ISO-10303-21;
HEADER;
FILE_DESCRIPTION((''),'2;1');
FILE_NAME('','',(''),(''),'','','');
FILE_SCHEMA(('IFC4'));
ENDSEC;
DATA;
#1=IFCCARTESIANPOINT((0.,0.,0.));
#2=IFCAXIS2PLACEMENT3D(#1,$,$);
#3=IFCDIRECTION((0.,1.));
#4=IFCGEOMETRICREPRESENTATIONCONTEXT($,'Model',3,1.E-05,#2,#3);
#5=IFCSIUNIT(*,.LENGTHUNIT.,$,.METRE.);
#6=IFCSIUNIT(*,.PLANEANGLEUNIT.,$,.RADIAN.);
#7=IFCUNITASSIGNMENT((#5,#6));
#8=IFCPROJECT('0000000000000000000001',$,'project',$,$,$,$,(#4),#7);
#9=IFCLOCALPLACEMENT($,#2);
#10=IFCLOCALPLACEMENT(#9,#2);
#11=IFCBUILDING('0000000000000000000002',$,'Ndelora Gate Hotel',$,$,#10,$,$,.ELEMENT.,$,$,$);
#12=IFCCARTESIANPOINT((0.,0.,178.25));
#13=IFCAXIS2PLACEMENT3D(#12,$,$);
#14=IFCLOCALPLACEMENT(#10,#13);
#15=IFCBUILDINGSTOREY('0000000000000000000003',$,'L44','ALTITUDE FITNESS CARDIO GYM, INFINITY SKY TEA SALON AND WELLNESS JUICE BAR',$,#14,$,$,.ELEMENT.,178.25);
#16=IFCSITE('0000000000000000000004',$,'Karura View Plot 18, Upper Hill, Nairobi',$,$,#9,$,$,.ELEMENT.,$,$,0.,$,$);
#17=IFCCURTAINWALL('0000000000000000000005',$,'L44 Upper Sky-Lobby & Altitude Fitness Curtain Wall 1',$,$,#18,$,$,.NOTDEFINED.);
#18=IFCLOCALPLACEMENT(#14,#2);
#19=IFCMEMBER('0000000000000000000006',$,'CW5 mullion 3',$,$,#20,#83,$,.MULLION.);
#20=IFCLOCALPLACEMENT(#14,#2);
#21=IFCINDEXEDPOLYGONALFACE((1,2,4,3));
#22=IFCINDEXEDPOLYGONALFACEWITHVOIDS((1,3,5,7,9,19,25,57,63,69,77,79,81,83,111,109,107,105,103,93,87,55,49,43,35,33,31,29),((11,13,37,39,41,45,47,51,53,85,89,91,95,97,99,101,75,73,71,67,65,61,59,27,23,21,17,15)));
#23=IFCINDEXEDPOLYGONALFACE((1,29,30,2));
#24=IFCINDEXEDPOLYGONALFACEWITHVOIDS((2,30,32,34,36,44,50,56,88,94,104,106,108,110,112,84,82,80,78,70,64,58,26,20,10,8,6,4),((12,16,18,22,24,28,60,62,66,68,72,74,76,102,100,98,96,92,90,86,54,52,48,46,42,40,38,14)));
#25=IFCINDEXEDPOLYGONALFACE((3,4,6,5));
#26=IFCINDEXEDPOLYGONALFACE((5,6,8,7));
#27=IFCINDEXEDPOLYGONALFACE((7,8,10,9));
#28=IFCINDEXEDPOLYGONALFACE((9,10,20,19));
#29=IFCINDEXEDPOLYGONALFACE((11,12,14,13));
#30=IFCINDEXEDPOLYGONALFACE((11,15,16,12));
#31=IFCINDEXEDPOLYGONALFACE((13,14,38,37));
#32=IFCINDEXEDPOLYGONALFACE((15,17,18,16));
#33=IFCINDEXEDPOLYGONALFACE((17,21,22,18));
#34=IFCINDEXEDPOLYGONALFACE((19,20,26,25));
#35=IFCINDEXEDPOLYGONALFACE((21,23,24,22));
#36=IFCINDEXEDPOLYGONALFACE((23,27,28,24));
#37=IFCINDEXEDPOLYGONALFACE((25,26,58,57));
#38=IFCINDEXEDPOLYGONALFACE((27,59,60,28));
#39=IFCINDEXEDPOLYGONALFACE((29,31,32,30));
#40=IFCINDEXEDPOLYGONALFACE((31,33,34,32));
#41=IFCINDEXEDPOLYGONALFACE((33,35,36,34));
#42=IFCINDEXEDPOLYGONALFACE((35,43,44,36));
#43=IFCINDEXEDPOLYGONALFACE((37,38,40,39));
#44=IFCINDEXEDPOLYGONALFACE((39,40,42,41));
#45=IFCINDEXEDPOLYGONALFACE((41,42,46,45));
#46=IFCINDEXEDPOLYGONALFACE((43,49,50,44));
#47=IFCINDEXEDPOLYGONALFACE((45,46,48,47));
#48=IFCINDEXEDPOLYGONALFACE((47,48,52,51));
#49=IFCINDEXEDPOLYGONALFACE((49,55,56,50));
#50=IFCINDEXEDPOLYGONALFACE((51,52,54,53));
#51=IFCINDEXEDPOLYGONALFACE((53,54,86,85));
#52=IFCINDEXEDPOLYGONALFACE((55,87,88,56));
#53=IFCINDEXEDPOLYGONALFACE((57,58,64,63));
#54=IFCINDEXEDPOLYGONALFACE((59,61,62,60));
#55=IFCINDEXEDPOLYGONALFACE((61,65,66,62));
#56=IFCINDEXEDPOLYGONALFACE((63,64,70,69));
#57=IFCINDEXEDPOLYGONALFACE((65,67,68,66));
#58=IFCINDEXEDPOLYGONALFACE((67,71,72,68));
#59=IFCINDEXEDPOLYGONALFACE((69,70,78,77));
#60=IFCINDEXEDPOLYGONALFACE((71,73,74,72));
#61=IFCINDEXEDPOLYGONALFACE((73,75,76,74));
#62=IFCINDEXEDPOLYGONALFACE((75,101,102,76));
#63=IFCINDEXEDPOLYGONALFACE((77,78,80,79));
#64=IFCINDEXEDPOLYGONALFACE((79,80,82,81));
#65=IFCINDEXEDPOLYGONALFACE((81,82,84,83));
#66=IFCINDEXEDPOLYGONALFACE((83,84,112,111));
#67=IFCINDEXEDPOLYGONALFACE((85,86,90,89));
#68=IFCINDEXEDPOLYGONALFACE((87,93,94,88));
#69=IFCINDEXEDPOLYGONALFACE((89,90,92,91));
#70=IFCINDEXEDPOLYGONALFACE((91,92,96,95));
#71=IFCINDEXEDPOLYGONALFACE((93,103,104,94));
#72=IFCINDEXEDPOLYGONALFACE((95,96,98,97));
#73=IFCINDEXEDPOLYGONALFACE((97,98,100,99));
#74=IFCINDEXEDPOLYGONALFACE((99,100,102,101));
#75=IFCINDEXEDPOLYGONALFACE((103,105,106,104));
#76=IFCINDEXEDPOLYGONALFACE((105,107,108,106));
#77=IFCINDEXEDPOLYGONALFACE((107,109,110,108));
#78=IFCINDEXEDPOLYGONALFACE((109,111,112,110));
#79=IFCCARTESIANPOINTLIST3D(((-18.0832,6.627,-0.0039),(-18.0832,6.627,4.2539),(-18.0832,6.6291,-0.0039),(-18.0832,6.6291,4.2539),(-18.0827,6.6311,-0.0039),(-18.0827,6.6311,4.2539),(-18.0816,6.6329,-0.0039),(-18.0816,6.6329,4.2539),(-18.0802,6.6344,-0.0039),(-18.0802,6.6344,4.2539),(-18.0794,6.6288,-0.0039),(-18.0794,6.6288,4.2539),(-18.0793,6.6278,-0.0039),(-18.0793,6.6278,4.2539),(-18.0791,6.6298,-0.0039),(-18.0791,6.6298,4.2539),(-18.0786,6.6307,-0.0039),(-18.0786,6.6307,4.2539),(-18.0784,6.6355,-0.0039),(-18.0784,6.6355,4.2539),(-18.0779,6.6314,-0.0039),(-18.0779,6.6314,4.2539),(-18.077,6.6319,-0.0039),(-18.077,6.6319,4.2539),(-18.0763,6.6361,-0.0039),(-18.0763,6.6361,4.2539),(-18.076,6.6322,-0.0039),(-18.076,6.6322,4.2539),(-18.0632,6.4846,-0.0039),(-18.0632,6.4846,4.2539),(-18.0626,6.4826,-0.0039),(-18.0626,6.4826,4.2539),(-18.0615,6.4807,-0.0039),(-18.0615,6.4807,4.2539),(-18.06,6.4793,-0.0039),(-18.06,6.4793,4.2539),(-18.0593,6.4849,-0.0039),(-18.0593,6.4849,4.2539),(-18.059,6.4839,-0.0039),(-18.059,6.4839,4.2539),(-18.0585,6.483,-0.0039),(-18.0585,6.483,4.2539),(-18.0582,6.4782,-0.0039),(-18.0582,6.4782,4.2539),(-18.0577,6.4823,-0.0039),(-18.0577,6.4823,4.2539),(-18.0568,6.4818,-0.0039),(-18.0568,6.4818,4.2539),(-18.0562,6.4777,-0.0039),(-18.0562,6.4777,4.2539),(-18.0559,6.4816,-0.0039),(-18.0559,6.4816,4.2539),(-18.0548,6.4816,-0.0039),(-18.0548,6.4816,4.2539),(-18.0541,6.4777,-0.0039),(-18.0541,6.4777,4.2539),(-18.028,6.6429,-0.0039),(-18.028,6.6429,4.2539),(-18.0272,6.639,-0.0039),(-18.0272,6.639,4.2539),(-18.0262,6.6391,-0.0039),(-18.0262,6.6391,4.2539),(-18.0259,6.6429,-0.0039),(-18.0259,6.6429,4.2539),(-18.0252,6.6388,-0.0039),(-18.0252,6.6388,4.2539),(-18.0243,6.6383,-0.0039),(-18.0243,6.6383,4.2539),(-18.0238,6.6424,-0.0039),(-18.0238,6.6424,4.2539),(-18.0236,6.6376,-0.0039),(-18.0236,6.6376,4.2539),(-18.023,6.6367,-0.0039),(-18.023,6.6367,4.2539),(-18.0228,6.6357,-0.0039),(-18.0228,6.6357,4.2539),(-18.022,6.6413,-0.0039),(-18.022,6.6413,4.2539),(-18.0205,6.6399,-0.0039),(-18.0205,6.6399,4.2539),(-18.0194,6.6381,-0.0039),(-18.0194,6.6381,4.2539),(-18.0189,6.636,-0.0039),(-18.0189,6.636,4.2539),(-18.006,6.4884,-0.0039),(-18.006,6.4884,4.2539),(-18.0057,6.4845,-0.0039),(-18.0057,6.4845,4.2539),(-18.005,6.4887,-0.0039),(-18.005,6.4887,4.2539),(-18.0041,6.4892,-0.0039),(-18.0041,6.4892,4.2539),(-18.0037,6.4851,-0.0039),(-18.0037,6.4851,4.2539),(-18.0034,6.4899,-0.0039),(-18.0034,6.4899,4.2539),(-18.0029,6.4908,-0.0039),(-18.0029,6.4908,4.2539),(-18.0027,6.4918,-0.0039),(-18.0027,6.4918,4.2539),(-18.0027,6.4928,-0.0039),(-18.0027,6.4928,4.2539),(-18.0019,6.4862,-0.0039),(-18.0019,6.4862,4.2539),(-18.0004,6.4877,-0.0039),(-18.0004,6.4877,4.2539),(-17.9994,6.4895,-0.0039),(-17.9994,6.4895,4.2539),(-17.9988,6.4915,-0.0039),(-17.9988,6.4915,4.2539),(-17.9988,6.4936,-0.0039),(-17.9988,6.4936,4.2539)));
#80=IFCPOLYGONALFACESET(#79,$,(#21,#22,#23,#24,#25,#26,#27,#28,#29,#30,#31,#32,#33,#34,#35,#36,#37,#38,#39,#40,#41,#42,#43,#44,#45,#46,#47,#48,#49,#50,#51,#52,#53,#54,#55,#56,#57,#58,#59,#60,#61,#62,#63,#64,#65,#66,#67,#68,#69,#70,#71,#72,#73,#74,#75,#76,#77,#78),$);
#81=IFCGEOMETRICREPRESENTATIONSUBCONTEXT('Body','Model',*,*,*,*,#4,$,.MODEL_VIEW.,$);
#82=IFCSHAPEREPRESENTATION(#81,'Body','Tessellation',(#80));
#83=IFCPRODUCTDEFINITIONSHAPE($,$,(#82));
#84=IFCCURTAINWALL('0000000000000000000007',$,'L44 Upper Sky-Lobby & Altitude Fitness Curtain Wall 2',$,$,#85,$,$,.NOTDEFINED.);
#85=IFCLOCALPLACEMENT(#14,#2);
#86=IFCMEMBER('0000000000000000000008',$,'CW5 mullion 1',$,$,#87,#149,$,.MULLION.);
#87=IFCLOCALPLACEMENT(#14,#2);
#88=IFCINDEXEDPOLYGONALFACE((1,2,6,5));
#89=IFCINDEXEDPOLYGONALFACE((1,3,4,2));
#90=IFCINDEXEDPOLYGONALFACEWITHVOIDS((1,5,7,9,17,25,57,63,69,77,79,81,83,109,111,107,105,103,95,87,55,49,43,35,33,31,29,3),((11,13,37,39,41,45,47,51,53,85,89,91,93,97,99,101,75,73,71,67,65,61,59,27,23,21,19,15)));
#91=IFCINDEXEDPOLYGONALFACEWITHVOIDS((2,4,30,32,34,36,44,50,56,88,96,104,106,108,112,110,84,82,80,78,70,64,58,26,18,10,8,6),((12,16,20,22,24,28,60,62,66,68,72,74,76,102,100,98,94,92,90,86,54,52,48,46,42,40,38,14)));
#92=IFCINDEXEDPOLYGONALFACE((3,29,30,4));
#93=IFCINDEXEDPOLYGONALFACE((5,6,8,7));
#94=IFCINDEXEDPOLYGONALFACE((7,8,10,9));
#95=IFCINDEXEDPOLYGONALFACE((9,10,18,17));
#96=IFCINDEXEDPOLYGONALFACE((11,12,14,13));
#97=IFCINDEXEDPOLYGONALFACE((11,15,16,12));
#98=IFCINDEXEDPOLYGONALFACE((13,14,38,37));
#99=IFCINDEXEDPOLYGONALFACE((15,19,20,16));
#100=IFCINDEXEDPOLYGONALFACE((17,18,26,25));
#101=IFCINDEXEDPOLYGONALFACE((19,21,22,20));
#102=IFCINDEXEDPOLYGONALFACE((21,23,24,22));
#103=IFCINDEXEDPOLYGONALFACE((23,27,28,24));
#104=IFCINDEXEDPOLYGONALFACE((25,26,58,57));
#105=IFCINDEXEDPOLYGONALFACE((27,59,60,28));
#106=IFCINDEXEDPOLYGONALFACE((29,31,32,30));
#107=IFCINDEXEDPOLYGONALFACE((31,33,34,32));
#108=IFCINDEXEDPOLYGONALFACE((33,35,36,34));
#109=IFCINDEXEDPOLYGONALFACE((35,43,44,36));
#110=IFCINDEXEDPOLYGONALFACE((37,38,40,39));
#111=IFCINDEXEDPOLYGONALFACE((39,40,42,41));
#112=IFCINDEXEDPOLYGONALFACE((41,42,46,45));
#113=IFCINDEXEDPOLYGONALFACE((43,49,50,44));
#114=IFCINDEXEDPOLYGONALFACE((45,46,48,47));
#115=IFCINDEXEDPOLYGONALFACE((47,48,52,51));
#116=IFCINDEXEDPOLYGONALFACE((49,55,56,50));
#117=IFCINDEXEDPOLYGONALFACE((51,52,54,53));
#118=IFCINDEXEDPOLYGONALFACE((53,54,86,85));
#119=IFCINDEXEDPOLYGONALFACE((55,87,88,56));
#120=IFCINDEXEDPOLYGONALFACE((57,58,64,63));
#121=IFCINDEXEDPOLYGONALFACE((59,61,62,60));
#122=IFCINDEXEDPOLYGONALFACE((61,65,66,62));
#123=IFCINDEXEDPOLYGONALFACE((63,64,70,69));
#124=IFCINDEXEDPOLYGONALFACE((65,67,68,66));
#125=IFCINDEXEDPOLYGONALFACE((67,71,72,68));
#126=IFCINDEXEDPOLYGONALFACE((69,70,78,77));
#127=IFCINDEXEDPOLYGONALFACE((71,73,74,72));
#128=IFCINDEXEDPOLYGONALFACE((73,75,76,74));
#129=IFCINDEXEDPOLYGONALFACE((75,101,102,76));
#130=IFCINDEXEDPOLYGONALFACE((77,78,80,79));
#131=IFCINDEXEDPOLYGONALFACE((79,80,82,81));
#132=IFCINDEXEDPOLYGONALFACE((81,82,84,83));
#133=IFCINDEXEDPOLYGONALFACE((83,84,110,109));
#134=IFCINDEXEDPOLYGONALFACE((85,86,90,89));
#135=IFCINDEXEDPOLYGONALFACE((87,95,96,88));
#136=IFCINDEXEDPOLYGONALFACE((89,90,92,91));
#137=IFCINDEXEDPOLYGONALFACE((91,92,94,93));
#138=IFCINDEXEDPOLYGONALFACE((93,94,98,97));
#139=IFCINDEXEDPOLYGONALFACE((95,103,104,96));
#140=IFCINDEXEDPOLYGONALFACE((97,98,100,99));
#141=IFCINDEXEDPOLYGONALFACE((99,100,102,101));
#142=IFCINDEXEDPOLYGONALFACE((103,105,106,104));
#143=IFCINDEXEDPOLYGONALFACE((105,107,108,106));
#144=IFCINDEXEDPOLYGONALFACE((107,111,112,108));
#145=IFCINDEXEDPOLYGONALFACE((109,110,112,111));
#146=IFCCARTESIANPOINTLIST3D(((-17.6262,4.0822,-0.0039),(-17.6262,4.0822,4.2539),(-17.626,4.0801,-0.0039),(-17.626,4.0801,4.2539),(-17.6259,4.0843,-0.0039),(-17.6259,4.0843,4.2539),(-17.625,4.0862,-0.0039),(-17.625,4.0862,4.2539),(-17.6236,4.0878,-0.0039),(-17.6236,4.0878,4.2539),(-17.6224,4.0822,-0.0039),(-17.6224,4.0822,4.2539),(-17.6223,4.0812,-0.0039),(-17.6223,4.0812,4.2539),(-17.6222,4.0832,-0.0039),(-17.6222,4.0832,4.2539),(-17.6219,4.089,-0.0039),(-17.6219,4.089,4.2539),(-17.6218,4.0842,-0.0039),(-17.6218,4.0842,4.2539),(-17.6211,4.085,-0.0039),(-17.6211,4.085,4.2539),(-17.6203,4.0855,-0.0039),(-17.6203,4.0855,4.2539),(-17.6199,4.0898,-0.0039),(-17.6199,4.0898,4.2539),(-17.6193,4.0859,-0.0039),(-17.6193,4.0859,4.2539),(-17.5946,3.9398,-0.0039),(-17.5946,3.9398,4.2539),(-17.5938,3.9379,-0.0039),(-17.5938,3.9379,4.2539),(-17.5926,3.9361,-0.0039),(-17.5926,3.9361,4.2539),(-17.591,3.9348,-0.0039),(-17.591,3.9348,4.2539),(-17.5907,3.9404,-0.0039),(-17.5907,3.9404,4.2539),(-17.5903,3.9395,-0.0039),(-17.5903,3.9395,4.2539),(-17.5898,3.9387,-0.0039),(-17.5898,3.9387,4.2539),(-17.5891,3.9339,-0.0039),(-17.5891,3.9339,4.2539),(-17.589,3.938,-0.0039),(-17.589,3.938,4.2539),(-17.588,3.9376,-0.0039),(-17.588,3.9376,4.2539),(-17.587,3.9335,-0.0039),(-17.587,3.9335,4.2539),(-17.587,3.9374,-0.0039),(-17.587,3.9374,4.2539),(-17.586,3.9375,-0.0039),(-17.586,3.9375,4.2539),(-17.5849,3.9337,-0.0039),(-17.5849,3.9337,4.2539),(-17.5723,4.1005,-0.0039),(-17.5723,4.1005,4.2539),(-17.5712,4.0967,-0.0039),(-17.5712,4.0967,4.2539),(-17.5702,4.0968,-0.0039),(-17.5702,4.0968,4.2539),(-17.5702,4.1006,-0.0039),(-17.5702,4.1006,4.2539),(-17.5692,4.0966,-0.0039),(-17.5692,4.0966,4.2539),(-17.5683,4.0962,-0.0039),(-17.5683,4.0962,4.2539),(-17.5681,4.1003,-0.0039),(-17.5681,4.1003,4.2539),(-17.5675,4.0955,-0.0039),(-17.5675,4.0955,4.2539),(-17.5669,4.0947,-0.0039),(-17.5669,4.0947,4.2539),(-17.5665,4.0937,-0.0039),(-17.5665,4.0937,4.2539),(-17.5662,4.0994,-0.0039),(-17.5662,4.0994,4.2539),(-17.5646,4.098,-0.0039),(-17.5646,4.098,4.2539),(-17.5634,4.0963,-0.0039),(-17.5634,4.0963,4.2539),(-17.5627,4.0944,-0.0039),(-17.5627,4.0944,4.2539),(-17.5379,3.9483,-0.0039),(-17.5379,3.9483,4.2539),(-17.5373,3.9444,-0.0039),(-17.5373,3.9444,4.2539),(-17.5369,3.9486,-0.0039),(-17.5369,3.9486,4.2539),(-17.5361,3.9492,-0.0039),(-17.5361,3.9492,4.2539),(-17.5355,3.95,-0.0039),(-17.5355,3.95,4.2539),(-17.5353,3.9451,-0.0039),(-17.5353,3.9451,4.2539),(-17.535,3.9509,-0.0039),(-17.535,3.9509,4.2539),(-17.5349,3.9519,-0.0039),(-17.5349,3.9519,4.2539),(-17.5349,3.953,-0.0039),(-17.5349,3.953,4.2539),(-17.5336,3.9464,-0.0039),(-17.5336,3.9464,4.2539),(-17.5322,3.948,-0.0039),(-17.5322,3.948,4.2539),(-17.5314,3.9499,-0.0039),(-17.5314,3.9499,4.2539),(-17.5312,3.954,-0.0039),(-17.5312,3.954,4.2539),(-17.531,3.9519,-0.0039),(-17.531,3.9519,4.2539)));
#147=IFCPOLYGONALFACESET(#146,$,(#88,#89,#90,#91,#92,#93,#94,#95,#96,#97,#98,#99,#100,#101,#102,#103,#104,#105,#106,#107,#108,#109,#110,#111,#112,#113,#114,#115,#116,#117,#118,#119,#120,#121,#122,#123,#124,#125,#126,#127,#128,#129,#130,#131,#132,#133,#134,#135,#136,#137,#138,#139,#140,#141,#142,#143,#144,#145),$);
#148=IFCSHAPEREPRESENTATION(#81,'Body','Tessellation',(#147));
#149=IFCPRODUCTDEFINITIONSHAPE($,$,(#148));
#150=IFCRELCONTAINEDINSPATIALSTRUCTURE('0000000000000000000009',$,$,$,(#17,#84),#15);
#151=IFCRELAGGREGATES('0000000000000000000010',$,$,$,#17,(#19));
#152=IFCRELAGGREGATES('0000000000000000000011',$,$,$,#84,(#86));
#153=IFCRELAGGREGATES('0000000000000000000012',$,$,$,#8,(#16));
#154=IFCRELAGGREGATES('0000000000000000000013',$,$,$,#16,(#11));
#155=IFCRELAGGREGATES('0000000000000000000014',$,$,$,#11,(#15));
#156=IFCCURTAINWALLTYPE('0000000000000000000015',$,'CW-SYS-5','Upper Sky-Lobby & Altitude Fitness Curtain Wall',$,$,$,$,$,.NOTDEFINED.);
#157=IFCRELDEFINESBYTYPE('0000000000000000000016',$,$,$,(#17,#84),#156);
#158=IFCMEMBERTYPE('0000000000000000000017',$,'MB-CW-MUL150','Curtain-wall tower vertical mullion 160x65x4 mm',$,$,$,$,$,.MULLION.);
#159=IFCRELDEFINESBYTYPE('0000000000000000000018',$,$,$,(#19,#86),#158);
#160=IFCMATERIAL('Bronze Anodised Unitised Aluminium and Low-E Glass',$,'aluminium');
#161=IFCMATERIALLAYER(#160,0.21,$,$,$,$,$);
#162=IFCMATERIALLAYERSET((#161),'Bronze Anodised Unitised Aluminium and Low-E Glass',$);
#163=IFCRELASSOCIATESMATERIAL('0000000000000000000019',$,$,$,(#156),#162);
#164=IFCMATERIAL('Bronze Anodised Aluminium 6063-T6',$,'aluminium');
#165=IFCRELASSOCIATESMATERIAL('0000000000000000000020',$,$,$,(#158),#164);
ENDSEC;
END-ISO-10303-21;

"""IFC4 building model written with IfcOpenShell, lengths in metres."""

from ifc_helpers import new_model, si_unit, direction, frame, origin, origin_2d, place, context, subcontext, project, spatial, hollow_rectangle, extrude, material, layer, layer_set, material_profile, profile_set, type_object, element, aggregate, save


model = new_model("IFC4")

# Units and contexts
model_context = context("Model", 3, precision=1e-05, world=origin(), true_north=direction((0.0, 1.0)))
body_context = subcontext(model_context, "Body", "Model", "MODEL_VIEW")
ifc_project = project(units=[si_unit("LENGTHUNIT", "METRE"), si_unit("PLANEANGLEUNIT", "RADIAN")], contexts=[model_context])

# Site, building, storey
site_placement = place(None, origin())
site = spatial("IfcSite", under=ifc_project, at=site_placement, Name="Karura View Plot 18, Upper Hill, Nairobi", CompositionType="ELEMENT", RefElevation=0.0)
building_placement = place(site_placement, origin())
building = spatial("IfcBuilding", under=site, at=building_placement, Name="Ndelora Gate Hotel", CompositionType="ELEMENT")
storey_placement = place(building_placement, frame((0.0, 0.0, 178.25)))
storey = spatial("IfcBuildingStorey", under=building, at=storey_placement, Name="L44", Description="ALTITUDE FITNESS CARDIO GYM, INFINITY SKY TEA SALON AND WELLNESS JUICE BAR", CompositionType="ELEMENT", Elevation=178.25)

# Curtain walls, members
ifc_material_1 = material(Name="Bronze Anodised Unitised Aluminium and Low-E Glass", Category="aluminium")
ifc_layer_1 = layer(ifc_material_1, 0.21)
ifc_layer_set_1 = layer_set([ifc_layer_1], Name="Bronze Anodised Unitised Aluminium and Low-E Glass")
curtain_wall_type = type_object("IfcCurtainWallType", Name="CW-SYS-5", Description="Upper Sky-Lobby & Altitude Fitness Curtain Wall", PredefinedType="NOTDEFINED", material=ifc_layer_set_1)
curtain_wall_1_placement = place(storey_placement, origin())
curtain_wall_1 = element("IfcCurtainWall", 1, at=curtain_wall_1_placement, inside=storey, type_object=curtain_wall_type, Name="L44 Upper Sky-Lobby & Altitude Fitness Curtain Wall 1", PredefinedType="NOTDEFINED")
ifc_material_2 = material(Name="Bronze Anodised Aluminium 6063-T6", Category="aluminium")
ifc_material_profile_1 = material_profile(ifc_material_2, hollow_rectangle(XDim=0.0649, YDim=0.1599, WallThickness=0.0039, InnerFilletRadius=0.0039, OuterFilletRadius=0.0081, at=origin_2d()), Name="ALU 160x65x4")
ifc_profile_set_1 = profile_set([ifc_material_profile_1], Name="Bronze Anodised Aluminium 6063-T6")
member_type_1 = type_object("IfcMemberType", Name="MB-CW-MUL150", Description="Curtain-wall tower vertical mullion 160x65x4 mm", PredefinedType="MULLION", material=ifc_profile_set_1)
member_1_placement = place(storey_placement, frame((-18.041, 6.5603, -0.0039), z_axis=(0.0, 0.0, 1.0), x_axis=(0.990256, 0.139258, 0.0)))
member_1 = element("IfcMember", 2, at=member_1_placement, type_object=member_type_1, Name="CW5 mullion 3", PredefinedType="MULLION", context=body_context, shape_type="SweptSolid", body=[
    extrude(hollow_rectangle(XDim=0.0649, YDim=0.1599, WallThickness=0.0039, InnerFilletRadius=0.0039, OuterFilletRadius=0.0081, at=origin_2d()), origin(), (0.0, 0.0, 1.0), 4.2578),
])
curtain_wall_2_placement = place(storey_placement, origin())
curtain_wall_2 = element("IfcCurtainWall", 3, at=curtain_wall_2_placement, inside=storey, type_object=curtain_wall_type, Name="L44 Upper Sky-Lobby & Altitude Fitness Curtain Wall 2", PredefinedType="NOTDEFINED")
member_2_placement = place(storey_placement, frame((-17.5786, 4.0171, -0.0039), z_axis=(0.0, 0.0, 1.0), x_axis=(0.975739, 0.218939, 0.0)))
member_2 = element("IfcMember", 4, at=member_2_placement, type_object=member_type_1, Name="CW5 mullion 1", PredefinedType="MULLION", context=body_context, shape_type="SweptSolid", body=[
    extrude(hollow_rectangle(XDim=0.0649, YDim=0.1599, WallThickness=0.0039, InnerFilletRadius=0.0039, OuterFilletRadius=0.0081, at=origin_2d()), origin(), (0.0, 0.0, 1.0), 4.2578),
])

aggregate(curtain_wall_1, [member_1])
aggregate(curtain_wall_2, [member_2])

save(model, "model.ifc")
